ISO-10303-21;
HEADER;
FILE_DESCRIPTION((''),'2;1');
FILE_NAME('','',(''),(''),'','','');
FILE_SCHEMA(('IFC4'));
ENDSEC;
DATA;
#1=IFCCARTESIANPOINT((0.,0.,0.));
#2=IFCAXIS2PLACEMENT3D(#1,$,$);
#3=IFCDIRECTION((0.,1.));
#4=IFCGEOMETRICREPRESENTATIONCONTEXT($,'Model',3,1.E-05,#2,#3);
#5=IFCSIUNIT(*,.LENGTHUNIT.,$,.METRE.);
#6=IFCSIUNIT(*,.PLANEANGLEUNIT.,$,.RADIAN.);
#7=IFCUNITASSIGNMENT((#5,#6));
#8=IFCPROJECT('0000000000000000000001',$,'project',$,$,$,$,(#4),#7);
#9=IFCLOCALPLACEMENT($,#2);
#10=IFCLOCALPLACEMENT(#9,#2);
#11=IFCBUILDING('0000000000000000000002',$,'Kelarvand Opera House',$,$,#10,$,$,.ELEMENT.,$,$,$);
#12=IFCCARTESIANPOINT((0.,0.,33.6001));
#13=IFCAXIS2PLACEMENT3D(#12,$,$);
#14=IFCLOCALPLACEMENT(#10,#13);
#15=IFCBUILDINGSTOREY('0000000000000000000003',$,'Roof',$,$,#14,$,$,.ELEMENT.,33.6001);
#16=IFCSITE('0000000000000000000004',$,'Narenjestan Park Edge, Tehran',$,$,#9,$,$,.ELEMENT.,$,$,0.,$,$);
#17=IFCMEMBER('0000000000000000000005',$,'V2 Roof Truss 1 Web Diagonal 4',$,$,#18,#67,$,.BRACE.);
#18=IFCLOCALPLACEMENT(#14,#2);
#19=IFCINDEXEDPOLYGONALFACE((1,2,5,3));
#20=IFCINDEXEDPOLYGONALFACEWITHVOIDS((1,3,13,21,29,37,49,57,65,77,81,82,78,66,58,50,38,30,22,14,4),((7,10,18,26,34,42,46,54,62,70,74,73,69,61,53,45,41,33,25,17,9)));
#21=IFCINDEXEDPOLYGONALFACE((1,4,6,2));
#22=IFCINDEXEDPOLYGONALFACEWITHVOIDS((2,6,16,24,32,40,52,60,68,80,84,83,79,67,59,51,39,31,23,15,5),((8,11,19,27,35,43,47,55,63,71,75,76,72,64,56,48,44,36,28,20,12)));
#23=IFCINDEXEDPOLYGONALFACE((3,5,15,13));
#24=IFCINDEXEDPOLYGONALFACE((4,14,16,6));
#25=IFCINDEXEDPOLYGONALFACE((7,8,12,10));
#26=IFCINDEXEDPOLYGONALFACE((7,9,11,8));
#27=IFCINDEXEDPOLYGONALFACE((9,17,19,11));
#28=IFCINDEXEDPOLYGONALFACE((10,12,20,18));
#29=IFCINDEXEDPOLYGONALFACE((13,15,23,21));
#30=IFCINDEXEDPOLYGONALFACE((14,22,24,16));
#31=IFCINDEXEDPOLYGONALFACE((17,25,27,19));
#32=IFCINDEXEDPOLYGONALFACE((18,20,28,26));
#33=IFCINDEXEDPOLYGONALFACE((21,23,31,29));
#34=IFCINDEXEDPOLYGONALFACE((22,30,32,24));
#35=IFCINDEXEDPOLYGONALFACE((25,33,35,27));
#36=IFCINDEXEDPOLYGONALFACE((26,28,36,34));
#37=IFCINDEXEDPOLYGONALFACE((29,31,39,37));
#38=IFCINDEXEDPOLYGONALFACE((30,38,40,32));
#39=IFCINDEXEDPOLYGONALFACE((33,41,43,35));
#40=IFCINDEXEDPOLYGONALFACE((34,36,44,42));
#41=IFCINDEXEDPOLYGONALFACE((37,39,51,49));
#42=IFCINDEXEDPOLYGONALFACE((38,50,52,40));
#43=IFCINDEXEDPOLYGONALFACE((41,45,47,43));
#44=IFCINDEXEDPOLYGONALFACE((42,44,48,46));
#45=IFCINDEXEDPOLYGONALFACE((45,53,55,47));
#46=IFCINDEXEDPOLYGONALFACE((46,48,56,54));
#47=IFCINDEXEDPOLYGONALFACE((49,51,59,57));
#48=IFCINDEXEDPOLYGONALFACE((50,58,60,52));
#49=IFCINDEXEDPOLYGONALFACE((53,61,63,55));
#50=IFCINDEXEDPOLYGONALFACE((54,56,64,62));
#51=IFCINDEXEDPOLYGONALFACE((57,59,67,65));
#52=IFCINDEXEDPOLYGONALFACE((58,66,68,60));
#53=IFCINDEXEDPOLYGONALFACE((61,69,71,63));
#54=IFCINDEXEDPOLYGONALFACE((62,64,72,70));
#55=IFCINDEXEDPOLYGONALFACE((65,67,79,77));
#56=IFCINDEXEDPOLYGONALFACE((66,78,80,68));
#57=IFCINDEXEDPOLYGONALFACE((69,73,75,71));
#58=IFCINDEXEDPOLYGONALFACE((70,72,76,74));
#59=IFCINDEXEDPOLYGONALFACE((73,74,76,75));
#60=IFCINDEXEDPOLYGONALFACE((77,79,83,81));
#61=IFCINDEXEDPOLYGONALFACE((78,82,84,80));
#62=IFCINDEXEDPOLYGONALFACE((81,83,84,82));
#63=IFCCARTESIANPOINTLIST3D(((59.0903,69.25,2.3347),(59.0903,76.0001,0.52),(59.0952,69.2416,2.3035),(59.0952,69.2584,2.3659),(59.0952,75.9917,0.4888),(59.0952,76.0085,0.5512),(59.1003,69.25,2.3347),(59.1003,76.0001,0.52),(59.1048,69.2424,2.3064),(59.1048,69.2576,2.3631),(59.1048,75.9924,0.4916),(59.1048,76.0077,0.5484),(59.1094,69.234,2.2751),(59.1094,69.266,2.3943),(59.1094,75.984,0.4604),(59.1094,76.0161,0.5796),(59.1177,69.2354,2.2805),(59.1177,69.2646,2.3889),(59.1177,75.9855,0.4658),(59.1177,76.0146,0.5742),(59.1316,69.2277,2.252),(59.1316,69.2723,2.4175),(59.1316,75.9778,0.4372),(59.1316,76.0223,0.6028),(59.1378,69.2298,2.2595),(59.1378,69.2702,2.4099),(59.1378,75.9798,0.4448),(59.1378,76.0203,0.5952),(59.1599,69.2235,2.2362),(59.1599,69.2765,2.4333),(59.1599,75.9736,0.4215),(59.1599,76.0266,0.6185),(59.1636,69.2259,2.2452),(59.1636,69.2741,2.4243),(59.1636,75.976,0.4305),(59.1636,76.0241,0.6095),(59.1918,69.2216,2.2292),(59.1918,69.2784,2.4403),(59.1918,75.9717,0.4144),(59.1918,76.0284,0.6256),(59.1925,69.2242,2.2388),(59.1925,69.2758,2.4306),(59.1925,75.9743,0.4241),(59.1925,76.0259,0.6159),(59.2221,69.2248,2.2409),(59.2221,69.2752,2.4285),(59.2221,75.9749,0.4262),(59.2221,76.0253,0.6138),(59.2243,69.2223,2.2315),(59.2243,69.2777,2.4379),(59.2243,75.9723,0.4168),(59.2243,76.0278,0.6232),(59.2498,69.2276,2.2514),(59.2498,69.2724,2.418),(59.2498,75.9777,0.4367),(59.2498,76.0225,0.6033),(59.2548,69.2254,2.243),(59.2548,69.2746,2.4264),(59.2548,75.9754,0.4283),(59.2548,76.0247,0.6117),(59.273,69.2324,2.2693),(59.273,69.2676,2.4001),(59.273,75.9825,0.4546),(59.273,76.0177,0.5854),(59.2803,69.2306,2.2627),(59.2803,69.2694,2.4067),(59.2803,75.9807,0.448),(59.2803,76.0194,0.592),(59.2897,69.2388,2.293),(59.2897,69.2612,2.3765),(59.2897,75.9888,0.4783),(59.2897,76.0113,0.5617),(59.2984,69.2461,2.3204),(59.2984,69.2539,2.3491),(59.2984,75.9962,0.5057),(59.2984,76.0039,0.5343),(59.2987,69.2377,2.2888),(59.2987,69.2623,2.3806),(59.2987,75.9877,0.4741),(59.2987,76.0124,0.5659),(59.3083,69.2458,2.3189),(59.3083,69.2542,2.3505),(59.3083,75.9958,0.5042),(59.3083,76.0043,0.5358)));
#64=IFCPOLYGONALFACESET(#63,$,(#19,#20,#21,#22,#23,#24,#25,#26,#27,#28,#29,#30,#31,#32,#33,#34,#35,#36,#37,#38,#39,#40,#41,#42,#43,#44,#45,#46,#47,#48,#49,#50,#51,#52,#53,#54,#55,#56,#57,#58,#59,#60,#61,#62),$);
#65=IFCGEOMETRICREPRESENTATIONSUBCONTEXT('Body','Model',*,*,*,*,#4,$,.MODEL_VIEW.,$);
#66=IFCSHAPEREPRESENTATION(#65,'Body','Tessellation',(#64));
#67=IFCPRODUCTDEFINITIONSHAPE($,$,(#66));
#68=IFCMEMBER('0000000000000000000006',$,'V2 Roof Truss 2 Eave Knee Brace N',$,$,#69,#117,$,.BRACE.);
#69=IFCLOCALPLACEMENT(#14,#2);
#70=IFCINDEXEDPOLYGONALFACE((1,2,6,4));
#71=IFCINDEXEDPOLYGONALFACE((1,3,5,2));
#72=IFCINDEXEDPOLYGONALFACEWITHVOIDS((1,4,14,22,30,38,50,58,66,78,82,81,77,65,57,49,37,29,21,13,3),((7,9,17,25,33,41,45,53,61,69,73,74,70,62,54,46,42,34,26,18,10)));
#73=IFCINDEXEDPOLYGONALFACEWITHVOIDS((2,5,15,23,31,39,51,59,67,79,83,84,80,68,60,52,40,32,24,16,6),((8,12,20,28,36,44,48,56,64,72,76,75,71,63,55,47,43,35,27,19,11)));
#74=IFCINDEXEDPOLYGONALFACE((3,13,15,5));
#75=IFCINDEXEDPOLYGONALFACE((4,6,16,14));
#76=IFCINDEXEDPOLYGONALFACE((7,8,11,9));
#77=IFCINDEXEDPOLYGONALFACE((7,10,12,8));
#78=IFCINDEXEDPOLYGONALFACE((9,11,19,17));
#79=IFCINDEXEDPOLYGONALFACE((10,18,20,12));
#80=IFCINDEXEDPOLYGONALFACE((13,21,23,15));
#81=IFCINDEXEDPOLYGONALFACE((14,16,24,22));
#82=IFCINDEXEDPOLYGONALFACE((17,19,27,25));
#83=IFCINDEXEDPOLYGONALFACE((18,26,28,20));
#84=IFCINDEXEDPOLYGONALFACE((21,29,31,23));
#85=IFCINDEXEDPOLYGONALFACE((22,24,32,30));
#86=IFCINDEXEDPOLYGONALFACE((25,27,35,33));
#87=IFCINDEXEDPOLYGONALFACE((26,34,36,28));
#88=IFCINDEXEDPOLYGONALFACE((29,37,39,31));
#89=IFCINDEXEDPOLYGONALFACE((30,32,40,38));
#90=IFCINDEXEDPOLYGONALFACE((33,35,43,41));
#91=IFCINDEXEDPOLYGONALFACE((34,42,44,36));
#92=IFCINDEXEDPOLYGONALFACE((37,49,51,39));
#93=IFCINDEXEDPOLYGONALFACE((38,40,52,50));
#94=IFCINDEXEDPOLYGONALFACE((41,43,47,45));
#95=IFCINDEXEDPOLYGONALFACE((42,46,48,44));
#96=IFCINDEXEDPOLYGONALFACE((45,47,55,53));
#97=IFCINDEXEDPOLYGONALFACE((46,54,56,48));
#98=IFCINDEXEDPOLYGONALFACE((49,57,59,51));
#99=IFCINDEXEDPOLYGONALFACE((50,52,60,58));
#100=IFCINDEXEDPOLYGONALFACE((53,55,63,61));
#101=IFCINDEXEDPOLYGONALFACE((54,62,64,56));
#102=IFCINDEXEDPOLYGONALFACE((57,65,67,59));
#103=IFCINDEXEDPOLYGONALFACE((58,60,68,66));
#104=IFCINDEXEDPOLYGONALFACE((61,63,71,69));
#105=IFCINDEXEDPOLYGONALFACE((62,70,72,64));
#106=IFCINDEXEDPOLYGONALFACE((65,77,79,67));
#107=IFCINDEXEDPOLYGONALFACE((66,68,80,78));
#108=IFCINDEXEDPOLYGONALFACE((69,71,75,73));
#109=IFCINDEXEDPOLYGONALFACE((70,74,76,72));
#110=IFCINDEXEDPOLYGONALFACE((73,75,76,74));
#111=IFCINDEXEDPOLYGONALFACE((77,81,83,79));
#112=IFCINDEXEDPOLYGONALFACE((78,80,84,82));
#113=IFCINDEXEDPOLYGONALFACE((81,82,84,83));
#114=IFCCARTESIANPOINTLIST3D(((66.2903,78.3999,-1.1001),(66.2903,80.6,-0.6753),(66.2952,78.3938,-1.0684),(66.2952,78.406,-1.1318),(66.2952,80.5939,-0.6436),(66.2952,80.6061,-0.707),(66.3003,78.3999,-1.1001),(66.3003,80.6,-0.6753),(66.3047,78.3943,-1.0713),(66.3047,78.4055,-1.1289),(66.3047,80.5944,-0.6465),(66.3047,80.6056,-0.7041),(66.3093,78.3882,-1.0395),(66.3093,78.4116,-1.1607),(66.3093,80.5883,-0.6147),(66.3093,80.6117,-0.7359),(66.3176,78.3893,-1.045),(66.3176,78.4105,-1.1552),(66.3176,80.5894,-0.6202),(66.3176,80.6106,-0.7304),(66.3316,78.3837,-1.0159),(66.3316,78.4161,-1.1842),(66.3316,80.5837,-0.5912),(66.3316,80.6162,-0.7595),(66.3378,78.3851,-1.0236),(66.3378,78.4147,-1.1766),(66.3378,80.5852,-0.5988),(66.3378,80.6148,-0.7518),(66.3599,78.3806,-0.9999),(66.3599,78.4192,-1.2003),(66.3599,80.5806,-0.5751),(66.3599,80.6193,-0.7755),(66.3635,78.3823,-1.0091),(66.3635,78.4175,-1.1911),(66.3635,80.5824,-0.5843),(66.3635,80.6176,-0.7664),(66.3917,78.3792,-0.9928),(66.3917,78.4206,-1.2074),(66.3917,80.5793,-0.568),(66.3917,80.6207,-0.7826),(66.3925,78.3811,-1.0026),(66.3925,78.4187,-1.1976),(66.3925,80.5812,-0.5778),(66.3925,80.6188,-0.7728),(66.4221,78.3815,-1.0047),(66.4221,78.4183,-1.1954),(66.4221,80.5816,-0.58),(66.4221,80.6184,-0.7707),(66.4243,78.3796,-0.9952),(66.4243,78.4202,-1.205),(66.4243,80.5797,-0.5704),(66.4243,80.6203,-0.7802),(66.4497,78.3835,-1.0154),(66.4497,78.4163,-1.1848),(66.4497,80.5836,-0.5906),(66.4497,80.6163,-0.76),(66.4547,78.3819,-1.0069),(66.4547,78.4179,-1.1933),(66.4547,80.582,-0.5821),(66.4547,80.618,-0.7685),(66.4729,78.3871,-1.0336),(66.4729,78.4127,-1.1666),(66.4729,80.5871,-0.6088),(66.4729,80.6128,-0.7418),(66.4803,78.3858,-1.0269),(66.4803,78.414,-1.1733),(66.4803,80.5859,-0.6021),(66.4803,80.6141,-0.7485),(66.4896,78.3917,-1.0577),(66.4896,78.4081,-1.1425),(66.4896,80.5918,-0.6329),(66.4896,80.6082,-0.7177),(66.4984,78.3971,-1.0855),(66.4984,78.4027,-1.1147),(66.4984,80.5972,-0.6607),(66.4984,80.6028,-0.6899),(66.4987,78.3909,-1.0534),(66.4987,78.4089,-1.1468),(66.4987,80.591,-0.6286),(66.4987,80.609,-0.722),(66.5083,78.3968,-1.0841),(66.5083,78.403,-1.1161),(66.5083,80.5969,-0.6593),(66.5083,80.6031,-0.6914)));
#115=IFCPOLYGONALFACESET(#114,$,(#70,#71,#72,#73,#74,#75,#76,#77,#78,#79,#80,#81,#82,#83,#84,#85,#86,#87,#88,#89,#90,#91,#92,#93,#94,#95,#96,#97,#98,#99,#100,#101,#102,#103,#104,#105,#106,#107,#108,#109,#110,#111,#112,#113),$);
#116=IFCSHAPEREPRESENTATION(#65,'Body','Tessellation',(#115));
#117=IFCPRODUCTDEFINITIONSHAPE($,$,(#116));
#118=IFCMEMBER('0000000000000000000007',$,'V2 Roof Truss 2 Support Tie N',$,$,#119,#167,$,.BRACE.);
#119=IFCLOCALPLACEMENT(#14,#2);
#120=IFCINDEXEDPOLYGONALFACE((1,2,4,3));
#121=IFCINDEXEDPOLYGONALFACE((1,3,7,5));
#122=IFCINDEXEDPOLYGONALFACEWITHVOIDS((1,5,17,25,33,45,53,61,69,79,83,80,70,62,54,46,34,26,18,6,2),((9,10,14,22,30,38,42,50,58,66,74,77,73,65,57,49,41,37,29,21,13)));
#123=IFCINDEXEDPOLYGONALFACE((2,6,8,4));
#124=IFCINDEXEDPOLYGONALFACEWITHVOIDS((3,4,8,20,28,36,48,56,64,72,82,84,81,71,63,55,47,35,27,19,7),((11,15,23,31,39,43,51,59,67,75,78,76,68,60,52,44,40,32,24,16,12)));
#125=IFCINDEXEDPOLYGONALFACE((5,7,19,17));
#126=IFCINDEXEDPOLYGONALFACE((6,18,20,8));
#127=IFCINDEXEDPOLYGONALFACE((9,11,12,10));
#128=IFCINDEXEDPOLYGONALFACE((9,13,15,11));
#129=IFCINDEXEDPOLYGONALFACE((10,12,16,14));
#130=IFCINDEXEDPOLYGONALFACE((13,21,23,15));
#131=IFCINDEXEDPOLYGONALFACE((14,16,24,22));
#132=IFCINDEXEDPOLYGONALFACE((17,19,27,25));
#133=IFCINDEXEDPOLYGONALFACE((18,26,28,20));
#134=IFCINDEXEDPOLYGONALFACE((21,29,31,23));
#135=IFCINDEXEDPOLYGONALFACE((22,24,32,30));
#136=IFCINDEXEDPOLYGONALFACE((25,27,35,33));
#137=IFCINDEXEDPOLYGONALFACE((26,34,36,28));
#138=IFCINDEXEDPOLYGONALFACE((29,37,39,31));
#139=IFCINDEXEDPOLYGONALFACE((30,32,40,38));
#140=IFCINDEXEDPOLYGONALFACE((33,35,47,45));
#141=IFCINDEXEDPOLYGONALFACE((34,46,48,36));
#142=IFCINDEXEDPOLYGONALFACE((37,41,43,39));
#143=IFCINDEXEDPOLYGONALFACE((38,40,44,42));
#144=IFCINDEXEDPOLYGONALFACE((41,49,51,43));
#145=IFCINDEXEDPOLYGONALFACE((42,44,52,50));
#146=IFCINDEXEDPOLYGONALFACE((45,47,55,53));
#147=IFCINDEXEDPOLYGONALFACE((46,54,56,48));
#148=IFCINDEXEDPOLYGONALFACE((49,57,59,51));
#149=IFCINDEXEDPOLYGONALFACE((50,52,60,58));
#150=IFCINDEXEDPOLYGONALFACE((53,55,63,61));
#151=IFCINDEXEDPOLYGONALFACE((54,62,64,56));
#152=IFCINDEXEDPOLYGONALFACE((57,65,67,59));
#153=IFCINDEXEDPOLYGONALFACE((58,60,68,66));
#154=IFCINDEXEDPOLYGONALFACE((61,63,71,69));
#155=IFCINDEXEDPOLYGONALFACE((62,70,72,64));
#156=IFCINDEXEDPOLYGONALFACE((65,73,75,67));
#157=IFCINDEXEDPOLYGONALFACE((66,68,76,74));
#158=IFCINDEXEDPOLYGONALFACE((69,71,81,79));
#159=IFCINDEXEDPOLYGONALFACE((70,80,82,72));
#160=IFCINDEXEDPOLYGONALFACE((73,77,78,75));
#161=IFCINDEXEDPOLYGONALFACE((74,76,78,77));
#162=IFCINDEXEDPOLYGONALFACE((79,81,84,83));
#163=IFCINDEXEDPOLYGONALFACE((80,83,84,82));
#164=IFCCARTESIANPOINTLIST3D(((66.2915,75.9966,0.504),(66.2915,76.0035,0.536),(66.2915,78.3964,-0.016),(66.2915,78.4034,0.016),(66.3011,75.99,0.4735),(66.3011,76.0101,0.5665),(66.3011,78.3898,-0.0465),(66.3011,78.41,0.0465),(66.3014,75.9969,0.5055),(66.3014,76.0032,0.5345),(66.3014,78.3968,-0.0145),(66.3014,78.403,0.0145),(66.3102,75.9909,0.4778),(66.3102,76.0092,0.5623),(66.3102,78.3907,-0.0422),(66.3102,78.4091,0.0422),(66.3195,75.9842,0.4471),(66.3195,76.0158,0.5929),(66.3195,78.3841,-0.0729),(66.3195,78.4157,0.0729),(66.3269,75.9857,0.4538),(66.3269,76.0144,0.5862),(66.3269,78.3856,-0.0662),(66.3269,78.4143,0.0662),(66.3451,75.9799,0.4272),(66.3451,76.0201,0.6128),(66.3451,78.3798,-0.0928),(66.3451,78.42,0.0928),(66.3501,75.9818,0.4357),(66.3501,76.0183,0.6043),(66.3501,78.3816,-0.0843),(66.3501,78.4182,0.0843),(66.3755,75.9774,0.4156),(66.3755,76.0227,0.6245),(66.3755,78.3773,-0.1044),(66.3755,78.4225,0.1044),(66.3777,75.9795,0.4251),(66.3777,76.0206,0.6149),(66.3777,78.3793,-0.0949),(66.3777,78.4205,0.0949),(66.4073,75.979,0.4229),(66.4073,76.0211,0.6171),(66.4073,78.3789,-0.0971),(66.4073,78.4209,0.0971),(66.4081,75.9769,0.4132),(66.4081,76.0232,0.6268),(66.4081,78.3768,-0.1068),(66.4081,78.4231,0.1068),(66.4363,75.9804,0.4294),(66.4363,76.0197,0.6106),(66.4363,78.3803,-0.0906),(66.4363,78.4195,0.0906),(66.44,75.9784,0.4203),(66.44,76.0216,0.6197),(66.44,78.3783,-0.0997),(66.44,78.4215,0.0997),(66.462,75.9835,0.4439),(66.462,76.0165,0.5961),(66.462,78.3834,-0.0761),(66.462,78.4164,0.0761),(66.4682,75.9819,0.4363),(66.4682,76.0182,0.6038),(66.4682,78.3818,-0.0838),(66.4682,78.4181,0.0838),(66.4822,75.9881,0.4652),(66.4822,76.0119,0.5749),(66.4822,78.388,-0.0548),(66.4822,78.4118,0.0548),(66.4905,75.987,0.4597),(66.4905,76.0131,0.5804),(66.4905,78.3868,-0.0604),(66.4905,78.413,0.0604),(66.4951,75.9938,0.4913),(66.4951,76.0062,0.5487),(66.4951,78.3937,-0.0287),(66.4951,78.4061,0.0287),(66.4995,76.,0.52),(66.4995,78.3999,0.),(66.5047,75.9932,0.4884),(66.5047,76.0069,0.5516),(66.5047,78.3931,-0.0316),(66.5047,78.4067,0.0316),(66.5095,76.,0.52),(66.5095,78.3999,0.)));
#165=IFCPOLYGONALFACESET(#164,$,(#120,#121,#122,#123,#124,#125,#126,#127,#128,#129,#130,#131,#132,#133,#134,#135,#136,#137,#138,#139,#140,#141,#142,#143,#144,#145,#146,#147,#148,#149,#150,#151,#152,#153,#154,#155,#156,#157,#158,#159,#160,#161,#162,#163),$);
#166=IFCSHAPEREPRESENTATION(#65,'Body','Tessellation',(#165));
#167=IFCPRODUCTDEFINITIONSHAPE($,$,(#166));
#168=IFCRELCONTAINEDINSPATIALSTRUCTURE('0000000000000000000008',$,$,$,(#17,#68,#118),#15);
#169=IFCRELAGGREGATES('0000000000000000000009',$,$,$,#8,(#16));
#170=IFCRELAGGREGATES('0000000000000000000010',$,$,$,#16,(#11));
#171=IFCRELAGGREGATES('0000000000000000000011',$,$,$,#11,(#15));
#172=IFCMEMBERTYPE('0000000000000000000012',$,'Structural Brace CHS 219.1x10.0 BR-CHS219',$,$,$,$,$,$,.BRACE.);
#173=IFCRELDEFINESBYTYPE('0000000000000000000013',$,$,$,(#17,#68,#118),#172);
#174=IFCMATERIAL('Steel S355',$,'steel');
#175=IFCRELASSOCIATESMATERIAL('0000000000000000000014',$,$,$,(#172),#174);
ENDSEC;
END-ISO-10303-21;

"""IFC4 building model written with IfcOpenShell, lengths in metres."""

from ifc_helpers import new_model, si_unit, direction, frame, origin, origin_2d, place, context, subcontext, project, spatial, hollow_circle, extrude, material, material_profile, profile_set, type_object, element, save


model = new_model("IFC4")

# Units and contexts
model_context = context("Model", 3, precision=1e-05, world=origin(), true_north=direction((0.0, 1.0)))
body_context = subcontext(model_context, "Body", "Model", "MODEL_VIEW")
ifc_project = project(units=[si_unit("LENGTHUNIT", "METRE"), si_unit("PLANEANGLEUNIT", "RADIAN")], contexts=[model_context])

# Site, building, storey
site_placement = place(None, origin())
site = spatial("IfcSite", under=ifc_project, at=site_placement, Name="Narenjestan Park Edge, Tehran", CompositionType="ELEMENT", RefElevation=0.0)
building_placement = place(site_placement, origin())
building = spatial("IfcBuilding", under=site, at=building_placement, Name="Kelarvand Opera House", CompositionType="ELEMENT")
storey_placement = place(building_placement, frame((0.0, 0.0, 33.6001)))
storey = spatial("IfcBuildingStorey", under=building, at=storey_placement, Name="Roof", CompositionType="ELEMENT", Elevation=33.6001)

# Members
ifc_material = material(Name="Steel S355", Category="steel")
ifc_material_profile_1 = material_profile(ifc_material, hollow_circle(Radius=0.1096, WallThickness=0.01, at=origin_2d()), Name="CHS 219.1x10.0", Category="steel")
ifc_profile_set_1 = profile_set([ifc_material_profile_1], Name="Steel S355")
member_type_1 = type_object("IfcMemberType", Name="Structural Brace CHS 219.1x10.0 BR-CHS219", PredefinedType="BRACE", material=ifc_profile_set_1)
member_1_placement = place(storey_placement, frame((59.2, 69.25, 2.3347), z_axis=(0.0, 0.965709, -0.259625), x_axis=(-1.0, 0.0, 0.0)))
element("IfcMember", 1, at=member_1_placement, inside=storey, type_object=member_type_1, Name="V2 Roof Truss 1 Web Diagonal 4", PredefinedType="BRACE", context=body_context, shape_type="SweptSolid", body=[
    extrude(hollow_circle(Radius=0.1096, WallThickness=0.01, at=origin_2d()), origin(), (0.0, 0.0, 1.0), 6.9897),
])
member_2_placement = place(storey_placement, frame((66.3999, 78.3999, -1.1001), z_axis=(0.0, 0.981866, 0.189575), x_axis=(-1.0, 0.0, 0.0)))
element("IfcMember", 2, at=member_2_placement, inside=storey, type_object=member_type_1, Name="V2 Roof Truss 2 Eave Knee Brace N", PredefinedType="BRACE", context=body_context, shape_type="SweptSolid", body=[
    extrude(hollow_circle(Radius=0.1096, WallThickness=0.01, at=origin_2d()), origin(), (0.0, 0.0, 1.0), 2.2407),
])
member_3_placement = place(storey_placement, frame((66.3999, 78.3999, 0.0), z_axis=(0.0, -0.97732, 0.211769), x_axis=(1.0, 0.0, 0.0)))
element("IfcMember", 3, at=member_3_placement, inside=storey, type_object=member_type_1, Name="V2 Roof Truss 2 Support Tie N", PredefinedType="BRACE", context=body_context, shape_type="SweptSolid", body=[
    extrude(hollow_circle(Radius=0.1096, WallThickness=0.01, at=origin_2d()), origin(), (0.0, 0.0, 1.0), 2.4556),
])

save(model, "model.ifc")
